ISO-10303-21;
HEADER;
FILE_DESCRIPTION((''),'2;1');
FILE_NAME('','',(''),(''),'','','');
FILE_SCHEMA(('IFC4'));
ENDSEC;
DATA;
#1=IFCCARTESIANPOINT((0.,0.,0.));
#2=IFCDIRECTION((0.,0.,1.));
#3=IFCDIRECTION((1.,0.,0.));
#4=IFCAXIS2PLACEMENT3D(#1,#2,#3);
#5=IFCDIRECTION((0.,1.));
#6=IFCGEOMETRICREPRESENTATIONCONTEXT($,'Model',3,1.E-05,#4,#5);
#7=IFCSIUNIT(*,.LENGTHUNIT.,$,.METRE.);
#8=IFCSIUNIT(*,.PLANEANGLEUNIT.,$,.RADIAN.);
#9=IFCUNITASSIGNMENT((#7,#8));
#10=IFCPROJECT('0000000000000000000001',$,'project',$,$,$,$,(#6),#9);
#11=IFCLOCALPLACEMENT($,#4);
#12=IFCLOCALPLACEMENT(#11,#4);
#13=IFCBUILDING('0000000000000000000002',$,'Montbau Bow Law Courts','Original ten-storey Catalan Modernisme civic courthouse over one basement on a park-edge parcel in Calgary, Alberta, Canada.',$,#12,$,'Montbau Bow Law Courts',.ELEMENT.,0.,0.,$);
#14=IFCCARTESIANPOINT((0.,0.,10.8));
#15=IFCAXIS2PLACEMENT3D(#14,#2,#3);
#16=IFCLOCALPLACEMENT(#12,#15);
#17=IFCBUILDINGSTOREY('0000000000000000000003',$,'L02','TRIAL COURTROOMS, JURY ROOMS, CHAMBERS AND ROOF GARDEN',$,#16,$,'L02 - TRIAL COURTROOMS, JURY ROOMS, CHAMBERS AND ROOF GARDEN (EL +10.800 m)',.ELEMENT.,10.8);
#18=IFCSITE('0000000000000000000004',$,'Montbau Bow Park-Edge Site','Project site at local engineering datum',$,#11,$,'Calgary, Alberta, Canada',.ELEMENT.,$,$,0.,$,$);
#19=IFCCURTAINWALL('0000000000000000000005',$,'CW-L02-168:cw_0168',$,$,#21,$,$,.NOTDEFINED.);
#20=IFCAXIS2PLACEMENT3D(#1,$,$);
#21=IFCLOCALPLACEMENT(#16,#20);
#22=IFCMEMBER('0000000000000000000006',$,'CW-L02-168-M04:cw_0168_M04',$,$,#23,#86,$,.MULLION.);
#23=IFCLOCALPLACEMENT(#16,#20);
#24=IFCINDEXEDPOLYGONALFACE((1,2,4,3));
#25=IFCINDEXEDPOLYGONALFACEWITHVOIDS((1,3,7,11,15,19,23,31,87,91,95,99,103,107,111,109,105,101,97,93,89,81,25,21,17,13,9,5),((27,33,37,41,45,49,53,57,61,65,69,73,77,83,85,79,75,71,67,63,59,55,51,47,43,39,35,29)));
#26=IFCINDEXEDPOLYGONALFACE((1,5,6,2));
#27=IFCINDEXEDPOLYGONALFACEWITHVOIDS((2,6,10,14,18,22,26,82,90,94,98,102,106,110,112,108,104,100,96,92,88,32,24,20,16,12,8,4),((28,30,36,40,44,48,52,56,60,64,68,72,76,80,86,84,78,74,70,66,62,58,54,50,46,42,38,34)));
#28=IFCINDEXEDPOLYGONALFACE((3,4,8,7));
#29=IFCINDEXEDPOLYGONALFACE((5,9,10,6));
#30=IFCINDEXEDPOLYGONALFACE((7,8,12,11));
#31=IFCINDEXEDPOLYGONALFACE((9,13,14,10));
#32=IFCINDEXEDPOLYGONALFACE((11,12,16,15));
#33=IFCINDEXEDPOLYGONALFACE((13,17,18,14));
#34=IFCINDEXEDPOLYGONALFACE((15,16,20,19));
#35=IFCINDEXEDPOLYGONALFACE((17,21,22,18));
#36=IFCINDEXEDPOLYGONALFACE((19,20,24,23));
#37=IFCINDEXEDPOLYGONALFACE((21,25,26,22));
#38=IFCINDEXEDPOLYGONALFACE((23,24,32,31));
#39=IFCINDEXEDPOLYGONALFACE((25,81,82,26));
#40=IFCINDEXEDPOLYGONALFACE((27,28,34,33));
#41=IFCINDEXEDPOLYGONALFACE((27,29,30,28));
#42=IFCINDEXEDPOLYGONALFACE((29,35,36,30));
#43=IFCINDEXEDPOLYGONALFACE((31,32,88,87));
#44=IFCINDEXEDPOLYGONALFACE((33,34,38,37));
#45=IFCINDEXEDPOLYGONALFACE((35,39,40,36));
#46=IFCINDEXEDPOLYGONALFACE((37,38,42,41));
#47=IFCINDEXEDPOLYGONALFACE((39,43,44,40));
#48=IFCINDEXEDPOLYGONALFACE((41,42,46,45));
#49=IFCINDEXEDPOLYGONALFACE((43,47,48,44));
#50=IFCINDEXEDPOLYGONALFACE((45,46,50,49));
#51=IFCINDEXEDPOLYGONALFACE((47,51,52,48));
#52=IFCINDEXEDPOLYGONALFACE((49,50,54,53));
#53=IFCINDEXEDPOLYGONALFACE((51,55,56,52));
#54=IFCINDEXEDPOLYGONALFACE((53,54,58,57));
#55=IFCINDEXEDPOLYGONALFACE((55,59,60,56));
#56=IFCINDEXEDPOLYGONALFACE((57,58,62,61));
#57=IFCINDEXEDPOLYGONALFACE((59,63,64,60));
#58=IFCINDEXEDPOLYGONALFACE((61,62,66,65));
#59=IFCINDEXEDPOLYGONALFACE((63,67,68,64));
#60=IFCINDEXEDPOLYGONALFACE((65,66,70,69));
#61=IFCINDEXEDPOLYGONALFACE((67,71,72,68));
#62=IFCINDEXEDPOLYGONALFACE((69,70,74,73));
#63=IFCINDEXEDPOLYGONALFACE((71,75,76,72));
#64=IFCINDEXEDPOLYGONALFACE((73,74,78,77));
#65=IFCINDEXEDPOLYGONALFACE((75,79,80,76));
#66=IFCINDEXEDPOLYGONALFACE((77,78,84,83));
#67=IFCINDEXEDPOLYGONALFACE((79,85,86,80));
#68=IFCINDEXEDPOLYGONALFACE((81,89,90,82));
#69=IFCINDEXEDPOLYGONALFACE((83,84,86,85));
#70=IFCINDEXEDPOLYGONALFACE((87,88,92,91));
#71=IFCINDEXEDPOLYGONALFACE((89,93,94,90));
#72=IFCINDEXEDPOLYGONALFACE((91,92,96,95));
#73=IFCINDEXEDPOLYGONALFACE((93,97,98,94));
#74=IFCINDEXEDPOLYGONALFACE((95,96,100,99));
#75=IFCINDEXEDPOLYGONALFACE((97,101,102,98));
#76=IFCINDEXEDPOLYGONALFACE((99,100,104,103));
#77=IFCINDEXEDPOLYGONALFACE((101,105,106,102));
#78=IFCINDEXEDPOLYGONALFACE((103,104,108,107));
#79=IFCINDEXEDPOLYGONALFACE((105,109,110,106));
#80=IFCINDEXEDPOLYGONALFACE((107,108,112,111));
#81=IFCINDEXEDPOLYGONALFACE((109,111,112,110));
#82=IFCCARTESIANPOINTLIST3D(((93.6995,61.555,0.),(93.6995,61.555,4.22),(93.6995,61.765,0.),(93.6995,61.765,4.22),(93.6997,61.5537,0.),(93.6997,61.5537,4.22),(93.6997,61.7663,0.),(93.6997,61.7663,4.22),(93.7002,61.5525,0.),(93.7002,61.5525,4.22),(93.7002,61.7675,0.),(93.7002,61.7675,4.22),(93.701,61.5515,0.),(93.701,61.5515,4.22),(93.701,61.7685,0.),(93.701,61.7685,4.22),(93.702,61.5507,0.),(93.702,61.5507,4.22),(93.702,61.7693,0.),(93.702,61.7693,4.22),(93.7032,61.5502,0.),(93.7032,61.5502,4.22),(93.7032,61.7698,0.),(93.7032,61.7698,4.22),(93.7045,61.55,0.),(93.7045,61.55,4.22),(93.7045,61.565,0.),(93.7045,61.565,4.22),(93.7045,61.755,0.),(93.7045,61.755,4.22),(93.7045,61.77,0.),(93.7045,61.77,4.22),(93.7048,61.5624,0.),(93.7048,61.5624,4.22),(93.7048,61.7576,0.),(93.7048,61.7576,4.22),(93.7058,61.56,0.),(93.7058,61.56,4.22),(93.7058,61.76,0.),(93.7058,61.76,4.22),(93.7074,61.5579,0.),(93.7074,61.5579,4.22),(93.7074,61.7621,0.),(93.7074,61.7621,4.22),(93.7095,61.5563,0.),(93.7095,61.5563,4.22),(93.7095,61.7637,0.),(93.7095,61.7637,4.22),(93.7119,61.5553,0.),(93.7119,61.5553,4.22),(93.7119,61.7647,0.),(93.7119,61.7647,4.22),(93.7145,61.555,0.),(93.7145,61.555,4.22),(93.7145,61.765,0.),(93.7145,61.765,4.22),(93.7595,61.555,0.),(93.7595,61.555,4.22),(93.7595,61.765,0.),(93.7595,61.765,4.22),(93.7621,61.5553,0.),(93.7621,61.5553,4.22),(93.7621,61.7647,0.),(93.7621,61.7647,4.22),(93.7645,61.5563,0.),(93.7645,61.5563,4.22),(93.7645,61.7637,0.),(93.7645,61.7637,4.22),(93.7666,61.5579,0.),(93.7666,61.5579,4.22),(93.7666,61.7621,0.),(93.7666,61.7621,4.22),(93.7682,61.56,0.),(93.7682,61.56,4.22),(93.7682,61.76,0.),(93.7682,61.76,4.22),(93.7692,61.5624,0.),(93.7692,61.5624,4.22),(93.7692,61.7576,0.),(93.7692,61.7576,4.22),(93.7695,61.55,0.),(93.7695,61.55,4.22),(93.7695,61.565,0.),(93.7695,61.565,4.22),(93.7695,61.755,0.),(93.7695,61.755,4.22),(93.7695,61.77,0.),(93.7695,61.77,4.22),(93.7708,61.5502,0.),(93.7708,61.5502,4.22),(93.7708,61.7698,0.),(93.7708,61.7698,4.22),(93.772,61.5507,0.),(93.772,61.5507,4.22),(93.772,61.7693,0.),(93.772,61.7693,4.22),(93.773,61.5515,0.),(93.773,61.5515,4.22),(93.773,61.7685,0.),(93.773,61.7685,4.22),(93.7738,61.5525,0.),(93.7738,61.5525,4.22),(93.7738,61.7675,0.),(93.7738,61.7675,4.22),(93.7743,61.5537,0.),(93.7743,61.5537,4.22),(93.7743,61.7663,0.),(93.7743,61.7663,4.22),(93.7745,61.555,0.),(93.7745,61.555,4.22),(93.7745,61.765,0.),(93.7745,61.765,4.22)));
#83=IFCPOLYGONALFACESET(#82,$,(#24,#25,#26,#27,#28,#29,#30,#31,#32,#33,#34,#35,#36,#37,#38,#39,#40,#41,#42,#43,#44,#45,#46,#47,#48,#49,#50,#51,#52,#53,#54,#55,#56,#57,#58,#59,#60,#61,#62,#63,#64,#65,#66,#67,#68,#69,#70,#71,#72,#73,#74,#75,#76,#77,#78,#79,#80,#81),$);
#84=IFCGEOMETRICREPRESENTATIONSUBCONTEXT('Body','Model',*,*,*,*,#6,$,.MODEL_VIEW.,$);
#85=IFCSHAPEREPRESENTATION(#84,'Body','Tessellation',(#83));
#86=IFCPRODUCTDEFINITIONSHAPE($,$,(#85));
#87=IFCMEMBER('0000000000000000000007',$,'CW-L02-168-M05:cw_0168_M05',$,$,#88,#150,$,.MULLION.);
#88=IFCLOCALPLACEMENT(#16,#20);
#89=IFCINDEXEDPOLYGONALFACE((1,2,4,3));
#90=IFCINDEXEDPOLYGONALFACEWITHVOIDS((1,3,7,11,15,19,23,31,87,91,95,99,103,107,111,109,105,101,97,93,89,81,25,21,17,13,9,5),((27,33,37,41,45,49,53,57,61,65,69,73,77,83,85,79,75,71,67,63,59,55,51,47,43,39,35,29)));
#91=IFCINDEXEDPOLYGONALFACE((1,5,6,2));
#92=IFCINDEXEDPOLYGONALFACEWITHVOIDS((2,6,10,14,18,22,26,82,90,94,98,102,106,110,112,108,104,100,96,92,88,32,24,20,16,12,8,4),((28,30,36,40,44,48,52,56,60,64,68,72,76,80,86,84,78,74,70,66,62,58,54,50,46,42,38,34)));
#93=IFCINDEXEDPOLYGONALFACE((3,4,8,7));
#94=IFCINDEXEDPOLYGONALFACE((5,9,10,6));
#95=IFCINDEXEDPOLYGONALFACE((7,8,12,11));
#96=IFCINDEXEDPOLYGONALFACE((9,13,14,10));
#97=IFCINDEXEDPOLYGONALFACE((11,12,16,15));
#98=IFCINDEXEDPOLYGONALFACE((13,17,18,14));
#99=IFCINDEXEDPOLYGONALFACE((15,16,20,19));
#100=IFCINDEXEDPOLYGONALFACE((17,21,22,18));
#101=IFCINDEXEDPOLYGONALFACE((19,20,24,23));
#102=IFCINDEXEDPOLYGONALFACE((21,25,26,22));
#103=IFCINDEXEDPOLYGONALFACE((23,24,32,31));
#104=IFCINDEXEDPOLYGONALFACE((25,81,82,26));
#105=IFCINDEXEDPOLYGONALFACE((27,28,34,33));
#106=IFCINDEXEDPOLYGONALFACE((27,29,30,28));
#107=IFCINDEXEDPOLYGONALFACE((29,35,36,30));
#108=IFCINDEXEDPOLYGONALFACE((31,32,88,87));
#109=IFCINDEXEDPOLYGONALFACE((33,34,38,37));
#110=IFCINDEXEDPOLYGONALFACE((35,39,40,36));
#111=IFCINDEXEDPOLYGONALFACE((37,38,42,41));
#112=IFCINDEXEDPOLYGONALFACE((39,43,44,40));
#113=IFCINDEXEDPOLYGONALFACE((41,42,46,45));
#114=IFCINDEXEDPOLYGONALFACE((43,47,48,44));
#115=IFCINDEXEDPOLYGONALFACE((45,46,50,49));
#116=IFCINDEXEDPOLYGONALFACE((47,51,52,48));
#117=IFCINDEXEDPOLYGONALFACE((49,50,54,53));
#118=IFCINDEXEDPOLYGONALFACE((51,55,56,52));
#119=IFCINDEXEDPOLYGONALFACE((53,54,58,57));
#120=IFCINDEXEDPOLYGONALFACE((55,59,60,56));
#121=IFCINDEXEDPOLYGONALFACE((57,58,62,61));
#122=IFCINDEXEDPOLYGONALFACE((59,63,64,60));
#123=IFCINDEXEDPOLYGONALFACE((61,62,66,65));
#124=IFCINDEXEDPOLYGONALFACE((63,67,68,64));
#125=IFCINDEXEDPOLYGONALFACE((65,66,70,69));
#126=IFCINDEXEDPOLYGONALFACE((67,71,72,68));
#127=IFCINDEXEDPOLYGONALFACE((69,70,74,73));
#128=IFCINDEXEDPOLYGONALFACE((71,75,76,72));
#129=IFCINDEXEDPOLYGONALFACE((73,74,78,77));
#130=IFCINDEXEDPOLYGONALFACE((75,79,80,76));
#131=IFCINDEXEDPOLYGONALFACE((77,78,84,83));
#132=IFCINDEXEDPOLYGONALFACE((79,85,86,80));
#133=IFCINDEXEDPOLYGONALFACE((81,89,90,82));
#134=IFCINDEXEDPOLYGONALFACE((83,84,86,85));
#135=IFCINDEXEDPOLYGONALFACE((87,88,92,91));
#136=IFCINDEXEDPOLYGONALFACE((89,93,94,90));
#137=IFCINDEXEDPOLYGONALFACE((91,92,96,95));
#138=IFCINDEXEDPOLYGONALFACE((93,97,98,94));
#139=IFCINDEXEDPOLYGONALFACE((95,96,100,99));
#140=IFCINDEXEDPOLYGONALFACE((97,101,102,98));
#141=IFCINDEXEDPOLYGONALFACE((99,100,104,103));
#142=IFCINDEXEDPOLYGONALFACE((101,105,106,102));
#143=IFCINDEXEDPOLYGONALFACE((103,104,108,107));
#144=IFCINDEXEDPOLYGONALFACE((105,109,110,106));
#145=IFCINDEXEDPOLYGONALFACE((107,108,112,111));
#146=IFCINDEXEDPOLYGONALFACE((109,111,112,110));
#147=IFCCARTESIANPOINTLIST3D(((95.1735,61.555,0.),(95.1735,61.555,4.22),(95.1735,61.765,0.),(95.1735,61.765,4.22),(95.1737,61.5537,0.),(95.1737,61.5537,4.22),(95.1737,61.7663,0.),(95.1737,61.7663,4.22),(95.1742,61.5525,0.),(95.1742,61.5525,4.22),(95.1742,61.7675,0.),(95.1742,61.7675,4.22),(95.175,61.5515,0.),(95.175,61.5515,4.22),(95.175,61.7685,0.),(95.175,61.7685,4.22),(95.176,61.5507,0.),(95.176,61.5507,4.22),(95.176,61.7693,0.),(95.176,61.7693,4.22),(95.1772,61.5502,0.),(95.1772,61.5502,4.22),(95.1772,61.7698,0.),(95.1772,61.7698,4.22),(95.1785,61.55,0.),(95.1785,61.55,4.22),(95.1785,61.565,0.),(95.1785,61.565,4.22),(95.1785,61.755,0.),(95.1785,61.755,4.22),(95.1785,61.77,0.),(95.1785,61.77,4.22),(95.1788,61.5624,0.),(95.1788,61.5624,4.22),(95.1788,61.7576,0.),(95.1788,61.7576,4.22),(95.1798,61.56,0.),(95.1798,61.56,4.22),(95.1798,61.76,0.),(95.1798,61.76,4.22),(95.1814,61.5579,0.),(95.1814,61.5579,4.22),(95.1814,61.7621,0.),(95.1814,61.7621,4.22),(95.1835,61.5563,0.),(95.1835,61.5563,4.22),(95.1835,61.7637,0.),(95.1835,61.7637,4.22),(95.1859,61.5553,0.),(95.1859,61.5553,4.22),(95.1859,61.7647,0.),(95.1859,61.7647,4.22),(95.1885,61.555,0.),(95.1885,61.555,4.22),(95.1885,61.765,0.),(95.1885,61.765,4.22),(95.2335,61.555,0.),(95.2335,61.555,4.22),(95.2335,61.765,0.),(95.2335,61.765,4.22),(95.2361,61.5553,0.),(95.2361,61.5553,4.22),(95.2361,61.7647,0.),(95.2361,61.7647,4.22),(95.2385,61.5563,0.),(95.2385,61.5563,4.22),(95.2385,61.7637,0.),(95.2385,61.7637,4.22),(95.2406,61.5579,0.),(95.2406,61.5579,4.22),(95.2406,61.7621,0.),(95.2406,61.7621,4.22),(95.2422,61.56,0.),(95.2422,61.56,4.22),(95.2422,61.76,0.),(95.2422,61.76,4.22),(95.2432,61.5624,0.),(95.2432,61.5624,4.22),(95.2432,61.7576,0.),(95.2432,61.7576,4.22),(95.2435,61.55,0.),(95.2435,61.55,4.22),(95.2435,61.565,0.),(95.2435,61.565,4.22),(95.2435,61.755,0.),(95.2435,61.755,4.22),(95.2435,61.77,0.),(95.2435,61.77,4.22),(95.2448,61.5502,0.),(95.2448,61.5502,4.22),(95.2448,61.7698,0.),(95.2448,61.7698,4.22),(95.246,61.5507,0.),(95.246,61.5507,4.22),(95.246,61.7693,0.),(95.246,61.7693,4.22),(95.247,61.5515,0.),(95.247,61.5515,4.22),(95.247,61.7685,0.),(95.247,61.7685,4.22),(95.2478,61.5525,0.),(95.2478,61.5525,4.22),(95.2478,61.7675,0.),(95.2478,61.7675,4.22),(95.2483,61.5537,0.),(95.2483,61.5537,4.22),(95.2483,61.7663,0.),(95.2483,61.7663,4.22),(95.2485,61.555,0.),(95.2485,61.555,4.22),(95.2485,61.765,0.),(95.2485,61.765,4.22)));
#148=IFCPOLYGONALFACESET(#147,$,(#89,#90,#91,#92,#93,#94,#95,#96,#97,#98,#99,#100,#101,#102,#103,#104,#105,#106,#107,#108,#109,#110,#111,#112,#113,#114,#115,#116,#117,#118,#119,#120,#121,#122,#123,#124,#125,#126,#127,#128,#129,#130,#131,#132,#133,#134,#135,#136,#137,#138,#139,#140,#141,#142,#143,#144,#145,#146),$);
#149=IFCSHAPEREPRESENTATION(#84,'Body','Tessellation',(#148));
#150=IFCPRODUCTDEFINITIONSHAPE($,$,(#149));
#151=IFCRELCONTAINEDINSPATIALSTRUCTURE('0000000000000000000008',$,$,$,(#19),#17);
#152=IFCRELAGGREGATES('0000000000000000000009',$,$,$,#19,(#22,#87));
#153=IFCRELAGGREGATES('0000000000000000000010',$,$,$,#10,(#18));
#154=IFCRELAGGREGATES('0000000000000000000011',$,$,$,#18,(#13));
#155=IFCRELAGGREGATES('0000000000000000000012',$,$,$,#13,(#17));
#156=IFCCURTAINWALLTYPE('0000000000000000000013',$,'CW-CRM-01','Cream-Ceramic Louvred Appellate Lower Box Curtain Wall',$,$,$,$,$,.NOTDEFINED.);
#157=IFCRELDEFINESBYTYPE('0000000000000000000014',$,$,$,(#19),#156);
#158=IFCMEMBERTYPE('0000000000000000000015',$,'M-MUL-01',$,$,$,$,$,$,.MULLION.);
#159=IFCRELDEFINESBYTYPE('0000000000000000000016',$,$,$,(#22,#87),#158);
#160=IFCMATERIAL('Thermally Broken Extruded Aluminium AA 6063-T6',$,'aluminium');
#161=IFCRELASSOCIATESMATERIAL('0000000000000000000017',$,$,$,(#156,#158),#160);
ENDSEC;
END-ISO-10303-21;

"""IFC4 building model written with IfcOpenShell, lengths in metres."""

from ifc_helpers import new_model, si_unit, direction, frame, origin_with_axes, origin_2d_with_axis, place, context, subcontext, project, spatial, hollow_rectangle, extrude, material, material_profile, profile_set, type_object, element, aggregate, save


model = new_model("IFC4")

# Units and contexts
model_context = context("Model", 3, precision=1e-05, world=origin_with_axes(), true_north=direction((0.0, 1.0)))
body_context = subcontext(model_context, "Body", "Model", "MODEL_VIEW")
ifc_project = project(units=[si_unit("LENGTHUNIT", "METRE"), si_unit("PLANEANGLEUNIT", "RADIAN")], contexts=[model_context])

# Site, building, storey
site_placement = place(None, origin_with_axes())
site = spatial("IfcSite", under=ifc_project, at=site_placement, Name="Montbau Bow Park-Edge Site", Description="Project site at local engineering datum", LongName="Calgary, Alberta, Canada", CompositionType="ELEMENT", RefElevation=0.0)
building_placement = place(site_placement, origin_with_axes())
building = spatial("IfcBuilding", under=site, at=building_placement, Name="Montbau Bow Law Courts", Description="Original ten-storey Catalan Modernisme civic courthouse over one basement on a park-edge parcel in Calgary, Alberta, Canada.", LongName="Montbau Bow Law Courts", CompositionType="ELEMENT", ElevationOfRefHeight=0.0, ElevationOfTerrain=0.0)
storey_placement = place(building_placement, frame((0.0, 0.0, 10.8), z_axis=(0.0, 0.0, 1.0), x_axis=(1.0, 0.0, 0.0)))
storey = spatial("IfcBuildingStorey", under=building, at=storey_placement, Name="L02", Description="TRIAL COURTROOMS, JURY ROOMS, CHAMBERS AND ROOF GARDEN", LongName="L02 - TRIAL COURTROOMS, JURY ROOMS, CHAMBERS AND ROOF GARDEN (EL +10.800 m)", CompositionType="ELEMENT", Elevation=10.8)

# Curtain wall, members
ifc_material_1 = material(Name="Thermally Broken Extruded Aluminium AA 6063-T6", Category="aluminium")
curtain_wall_type = type_object("IfcCurtainWallType", Name="CW-CRM-01", Description="Cream-Ceramic Louvred Appellate Lower Box Curtain Wall", PredefinedType="NOTDEFINED", material=ifc_material_1)
curtain_wall_placement = place(None, frame((89.315, 61.66, 10.8), z_axis=(0.0, 0.0, 1.0), x_axis=(1.0, 0.0, 0.0)))
curtain_wall = element("IfcCurtainWall", 1, at=curtain_wall_placement, inside=storey, type_object=curtain_wall_type, Name="CW-L02-168:cw_0168", PredefinedType="NOTDEFINED")
ifc_material_profile_1 = material_profile(ifc_material_1, hollow_rectangle(XDim=0.075, YDim=0.22, WallThickness=0.005, InnerFilletRadius=0.01, OuterFilletRadius=0.005, at=origin_2d_with_axis()), Name="CWM-220X75", Category="Main", Priority=0)
ifc_profile_set_1 = profile_set([ifc_material_profile_1], Name="Thermally Broken Extruded Aluminium AA 6063-T6")
member_type_1 = type_object("IfcMemberType", Name="M-MUL-01", PredefinedType="MULLION", material=ifc_profile_set_1)
member_1_placement = place(None, frame((93.737, 61.66, 10.8), z_axis=(0.0, 0.0, 1.0), x_axis=(1.0, 0.0, 0.0)))
member_1 = element("IfcMember", 2, at=member_1_placement, type_object=member_type_1, Name="CW-L02-168-M04:cw_0168_M04", PredefinedType="MULLION", context=body_context, shape_type="SweptSolid", body=[
    extrude(hollow_rectangle(XDim=0.075, YDim=0.22, WallThickness=0.005, InnerFilletRadius=0.01, OuterFilletRadius=0.005, at=origin_2d_with_axis()), origin_with_axes(), (0.0, 0.0, 1.0), 4.22),
])
member_2_placement = place(None, frame((95.211, 61.66, 10.8), z_axis=(0.0, 0.0, 1.0), x_axis=(1.0, 0.0, 0.0)))
member_2 = element("IfcMember", 3, at=member_2_placement, type_object=member_type_1, Name="CW-L02-168-M05:cw_0168_M05", PredefinedType="MULLION", context=body_context, shape_type="SweptSolid", body=[
    extrude(hollow_rectangle(XDim=0.075, YDim=0.22, WallThickness=0.005, InnerFilletRadius=0.01, OuterFilletRadius=0.005, at=origin_2d_with_axis()), origin_with_axes(), (0.0, 0.0, 1.0), 4.22),
])
aggregate(curtain_wall, [member_1, member_2])

save(model, "model.ifc")
